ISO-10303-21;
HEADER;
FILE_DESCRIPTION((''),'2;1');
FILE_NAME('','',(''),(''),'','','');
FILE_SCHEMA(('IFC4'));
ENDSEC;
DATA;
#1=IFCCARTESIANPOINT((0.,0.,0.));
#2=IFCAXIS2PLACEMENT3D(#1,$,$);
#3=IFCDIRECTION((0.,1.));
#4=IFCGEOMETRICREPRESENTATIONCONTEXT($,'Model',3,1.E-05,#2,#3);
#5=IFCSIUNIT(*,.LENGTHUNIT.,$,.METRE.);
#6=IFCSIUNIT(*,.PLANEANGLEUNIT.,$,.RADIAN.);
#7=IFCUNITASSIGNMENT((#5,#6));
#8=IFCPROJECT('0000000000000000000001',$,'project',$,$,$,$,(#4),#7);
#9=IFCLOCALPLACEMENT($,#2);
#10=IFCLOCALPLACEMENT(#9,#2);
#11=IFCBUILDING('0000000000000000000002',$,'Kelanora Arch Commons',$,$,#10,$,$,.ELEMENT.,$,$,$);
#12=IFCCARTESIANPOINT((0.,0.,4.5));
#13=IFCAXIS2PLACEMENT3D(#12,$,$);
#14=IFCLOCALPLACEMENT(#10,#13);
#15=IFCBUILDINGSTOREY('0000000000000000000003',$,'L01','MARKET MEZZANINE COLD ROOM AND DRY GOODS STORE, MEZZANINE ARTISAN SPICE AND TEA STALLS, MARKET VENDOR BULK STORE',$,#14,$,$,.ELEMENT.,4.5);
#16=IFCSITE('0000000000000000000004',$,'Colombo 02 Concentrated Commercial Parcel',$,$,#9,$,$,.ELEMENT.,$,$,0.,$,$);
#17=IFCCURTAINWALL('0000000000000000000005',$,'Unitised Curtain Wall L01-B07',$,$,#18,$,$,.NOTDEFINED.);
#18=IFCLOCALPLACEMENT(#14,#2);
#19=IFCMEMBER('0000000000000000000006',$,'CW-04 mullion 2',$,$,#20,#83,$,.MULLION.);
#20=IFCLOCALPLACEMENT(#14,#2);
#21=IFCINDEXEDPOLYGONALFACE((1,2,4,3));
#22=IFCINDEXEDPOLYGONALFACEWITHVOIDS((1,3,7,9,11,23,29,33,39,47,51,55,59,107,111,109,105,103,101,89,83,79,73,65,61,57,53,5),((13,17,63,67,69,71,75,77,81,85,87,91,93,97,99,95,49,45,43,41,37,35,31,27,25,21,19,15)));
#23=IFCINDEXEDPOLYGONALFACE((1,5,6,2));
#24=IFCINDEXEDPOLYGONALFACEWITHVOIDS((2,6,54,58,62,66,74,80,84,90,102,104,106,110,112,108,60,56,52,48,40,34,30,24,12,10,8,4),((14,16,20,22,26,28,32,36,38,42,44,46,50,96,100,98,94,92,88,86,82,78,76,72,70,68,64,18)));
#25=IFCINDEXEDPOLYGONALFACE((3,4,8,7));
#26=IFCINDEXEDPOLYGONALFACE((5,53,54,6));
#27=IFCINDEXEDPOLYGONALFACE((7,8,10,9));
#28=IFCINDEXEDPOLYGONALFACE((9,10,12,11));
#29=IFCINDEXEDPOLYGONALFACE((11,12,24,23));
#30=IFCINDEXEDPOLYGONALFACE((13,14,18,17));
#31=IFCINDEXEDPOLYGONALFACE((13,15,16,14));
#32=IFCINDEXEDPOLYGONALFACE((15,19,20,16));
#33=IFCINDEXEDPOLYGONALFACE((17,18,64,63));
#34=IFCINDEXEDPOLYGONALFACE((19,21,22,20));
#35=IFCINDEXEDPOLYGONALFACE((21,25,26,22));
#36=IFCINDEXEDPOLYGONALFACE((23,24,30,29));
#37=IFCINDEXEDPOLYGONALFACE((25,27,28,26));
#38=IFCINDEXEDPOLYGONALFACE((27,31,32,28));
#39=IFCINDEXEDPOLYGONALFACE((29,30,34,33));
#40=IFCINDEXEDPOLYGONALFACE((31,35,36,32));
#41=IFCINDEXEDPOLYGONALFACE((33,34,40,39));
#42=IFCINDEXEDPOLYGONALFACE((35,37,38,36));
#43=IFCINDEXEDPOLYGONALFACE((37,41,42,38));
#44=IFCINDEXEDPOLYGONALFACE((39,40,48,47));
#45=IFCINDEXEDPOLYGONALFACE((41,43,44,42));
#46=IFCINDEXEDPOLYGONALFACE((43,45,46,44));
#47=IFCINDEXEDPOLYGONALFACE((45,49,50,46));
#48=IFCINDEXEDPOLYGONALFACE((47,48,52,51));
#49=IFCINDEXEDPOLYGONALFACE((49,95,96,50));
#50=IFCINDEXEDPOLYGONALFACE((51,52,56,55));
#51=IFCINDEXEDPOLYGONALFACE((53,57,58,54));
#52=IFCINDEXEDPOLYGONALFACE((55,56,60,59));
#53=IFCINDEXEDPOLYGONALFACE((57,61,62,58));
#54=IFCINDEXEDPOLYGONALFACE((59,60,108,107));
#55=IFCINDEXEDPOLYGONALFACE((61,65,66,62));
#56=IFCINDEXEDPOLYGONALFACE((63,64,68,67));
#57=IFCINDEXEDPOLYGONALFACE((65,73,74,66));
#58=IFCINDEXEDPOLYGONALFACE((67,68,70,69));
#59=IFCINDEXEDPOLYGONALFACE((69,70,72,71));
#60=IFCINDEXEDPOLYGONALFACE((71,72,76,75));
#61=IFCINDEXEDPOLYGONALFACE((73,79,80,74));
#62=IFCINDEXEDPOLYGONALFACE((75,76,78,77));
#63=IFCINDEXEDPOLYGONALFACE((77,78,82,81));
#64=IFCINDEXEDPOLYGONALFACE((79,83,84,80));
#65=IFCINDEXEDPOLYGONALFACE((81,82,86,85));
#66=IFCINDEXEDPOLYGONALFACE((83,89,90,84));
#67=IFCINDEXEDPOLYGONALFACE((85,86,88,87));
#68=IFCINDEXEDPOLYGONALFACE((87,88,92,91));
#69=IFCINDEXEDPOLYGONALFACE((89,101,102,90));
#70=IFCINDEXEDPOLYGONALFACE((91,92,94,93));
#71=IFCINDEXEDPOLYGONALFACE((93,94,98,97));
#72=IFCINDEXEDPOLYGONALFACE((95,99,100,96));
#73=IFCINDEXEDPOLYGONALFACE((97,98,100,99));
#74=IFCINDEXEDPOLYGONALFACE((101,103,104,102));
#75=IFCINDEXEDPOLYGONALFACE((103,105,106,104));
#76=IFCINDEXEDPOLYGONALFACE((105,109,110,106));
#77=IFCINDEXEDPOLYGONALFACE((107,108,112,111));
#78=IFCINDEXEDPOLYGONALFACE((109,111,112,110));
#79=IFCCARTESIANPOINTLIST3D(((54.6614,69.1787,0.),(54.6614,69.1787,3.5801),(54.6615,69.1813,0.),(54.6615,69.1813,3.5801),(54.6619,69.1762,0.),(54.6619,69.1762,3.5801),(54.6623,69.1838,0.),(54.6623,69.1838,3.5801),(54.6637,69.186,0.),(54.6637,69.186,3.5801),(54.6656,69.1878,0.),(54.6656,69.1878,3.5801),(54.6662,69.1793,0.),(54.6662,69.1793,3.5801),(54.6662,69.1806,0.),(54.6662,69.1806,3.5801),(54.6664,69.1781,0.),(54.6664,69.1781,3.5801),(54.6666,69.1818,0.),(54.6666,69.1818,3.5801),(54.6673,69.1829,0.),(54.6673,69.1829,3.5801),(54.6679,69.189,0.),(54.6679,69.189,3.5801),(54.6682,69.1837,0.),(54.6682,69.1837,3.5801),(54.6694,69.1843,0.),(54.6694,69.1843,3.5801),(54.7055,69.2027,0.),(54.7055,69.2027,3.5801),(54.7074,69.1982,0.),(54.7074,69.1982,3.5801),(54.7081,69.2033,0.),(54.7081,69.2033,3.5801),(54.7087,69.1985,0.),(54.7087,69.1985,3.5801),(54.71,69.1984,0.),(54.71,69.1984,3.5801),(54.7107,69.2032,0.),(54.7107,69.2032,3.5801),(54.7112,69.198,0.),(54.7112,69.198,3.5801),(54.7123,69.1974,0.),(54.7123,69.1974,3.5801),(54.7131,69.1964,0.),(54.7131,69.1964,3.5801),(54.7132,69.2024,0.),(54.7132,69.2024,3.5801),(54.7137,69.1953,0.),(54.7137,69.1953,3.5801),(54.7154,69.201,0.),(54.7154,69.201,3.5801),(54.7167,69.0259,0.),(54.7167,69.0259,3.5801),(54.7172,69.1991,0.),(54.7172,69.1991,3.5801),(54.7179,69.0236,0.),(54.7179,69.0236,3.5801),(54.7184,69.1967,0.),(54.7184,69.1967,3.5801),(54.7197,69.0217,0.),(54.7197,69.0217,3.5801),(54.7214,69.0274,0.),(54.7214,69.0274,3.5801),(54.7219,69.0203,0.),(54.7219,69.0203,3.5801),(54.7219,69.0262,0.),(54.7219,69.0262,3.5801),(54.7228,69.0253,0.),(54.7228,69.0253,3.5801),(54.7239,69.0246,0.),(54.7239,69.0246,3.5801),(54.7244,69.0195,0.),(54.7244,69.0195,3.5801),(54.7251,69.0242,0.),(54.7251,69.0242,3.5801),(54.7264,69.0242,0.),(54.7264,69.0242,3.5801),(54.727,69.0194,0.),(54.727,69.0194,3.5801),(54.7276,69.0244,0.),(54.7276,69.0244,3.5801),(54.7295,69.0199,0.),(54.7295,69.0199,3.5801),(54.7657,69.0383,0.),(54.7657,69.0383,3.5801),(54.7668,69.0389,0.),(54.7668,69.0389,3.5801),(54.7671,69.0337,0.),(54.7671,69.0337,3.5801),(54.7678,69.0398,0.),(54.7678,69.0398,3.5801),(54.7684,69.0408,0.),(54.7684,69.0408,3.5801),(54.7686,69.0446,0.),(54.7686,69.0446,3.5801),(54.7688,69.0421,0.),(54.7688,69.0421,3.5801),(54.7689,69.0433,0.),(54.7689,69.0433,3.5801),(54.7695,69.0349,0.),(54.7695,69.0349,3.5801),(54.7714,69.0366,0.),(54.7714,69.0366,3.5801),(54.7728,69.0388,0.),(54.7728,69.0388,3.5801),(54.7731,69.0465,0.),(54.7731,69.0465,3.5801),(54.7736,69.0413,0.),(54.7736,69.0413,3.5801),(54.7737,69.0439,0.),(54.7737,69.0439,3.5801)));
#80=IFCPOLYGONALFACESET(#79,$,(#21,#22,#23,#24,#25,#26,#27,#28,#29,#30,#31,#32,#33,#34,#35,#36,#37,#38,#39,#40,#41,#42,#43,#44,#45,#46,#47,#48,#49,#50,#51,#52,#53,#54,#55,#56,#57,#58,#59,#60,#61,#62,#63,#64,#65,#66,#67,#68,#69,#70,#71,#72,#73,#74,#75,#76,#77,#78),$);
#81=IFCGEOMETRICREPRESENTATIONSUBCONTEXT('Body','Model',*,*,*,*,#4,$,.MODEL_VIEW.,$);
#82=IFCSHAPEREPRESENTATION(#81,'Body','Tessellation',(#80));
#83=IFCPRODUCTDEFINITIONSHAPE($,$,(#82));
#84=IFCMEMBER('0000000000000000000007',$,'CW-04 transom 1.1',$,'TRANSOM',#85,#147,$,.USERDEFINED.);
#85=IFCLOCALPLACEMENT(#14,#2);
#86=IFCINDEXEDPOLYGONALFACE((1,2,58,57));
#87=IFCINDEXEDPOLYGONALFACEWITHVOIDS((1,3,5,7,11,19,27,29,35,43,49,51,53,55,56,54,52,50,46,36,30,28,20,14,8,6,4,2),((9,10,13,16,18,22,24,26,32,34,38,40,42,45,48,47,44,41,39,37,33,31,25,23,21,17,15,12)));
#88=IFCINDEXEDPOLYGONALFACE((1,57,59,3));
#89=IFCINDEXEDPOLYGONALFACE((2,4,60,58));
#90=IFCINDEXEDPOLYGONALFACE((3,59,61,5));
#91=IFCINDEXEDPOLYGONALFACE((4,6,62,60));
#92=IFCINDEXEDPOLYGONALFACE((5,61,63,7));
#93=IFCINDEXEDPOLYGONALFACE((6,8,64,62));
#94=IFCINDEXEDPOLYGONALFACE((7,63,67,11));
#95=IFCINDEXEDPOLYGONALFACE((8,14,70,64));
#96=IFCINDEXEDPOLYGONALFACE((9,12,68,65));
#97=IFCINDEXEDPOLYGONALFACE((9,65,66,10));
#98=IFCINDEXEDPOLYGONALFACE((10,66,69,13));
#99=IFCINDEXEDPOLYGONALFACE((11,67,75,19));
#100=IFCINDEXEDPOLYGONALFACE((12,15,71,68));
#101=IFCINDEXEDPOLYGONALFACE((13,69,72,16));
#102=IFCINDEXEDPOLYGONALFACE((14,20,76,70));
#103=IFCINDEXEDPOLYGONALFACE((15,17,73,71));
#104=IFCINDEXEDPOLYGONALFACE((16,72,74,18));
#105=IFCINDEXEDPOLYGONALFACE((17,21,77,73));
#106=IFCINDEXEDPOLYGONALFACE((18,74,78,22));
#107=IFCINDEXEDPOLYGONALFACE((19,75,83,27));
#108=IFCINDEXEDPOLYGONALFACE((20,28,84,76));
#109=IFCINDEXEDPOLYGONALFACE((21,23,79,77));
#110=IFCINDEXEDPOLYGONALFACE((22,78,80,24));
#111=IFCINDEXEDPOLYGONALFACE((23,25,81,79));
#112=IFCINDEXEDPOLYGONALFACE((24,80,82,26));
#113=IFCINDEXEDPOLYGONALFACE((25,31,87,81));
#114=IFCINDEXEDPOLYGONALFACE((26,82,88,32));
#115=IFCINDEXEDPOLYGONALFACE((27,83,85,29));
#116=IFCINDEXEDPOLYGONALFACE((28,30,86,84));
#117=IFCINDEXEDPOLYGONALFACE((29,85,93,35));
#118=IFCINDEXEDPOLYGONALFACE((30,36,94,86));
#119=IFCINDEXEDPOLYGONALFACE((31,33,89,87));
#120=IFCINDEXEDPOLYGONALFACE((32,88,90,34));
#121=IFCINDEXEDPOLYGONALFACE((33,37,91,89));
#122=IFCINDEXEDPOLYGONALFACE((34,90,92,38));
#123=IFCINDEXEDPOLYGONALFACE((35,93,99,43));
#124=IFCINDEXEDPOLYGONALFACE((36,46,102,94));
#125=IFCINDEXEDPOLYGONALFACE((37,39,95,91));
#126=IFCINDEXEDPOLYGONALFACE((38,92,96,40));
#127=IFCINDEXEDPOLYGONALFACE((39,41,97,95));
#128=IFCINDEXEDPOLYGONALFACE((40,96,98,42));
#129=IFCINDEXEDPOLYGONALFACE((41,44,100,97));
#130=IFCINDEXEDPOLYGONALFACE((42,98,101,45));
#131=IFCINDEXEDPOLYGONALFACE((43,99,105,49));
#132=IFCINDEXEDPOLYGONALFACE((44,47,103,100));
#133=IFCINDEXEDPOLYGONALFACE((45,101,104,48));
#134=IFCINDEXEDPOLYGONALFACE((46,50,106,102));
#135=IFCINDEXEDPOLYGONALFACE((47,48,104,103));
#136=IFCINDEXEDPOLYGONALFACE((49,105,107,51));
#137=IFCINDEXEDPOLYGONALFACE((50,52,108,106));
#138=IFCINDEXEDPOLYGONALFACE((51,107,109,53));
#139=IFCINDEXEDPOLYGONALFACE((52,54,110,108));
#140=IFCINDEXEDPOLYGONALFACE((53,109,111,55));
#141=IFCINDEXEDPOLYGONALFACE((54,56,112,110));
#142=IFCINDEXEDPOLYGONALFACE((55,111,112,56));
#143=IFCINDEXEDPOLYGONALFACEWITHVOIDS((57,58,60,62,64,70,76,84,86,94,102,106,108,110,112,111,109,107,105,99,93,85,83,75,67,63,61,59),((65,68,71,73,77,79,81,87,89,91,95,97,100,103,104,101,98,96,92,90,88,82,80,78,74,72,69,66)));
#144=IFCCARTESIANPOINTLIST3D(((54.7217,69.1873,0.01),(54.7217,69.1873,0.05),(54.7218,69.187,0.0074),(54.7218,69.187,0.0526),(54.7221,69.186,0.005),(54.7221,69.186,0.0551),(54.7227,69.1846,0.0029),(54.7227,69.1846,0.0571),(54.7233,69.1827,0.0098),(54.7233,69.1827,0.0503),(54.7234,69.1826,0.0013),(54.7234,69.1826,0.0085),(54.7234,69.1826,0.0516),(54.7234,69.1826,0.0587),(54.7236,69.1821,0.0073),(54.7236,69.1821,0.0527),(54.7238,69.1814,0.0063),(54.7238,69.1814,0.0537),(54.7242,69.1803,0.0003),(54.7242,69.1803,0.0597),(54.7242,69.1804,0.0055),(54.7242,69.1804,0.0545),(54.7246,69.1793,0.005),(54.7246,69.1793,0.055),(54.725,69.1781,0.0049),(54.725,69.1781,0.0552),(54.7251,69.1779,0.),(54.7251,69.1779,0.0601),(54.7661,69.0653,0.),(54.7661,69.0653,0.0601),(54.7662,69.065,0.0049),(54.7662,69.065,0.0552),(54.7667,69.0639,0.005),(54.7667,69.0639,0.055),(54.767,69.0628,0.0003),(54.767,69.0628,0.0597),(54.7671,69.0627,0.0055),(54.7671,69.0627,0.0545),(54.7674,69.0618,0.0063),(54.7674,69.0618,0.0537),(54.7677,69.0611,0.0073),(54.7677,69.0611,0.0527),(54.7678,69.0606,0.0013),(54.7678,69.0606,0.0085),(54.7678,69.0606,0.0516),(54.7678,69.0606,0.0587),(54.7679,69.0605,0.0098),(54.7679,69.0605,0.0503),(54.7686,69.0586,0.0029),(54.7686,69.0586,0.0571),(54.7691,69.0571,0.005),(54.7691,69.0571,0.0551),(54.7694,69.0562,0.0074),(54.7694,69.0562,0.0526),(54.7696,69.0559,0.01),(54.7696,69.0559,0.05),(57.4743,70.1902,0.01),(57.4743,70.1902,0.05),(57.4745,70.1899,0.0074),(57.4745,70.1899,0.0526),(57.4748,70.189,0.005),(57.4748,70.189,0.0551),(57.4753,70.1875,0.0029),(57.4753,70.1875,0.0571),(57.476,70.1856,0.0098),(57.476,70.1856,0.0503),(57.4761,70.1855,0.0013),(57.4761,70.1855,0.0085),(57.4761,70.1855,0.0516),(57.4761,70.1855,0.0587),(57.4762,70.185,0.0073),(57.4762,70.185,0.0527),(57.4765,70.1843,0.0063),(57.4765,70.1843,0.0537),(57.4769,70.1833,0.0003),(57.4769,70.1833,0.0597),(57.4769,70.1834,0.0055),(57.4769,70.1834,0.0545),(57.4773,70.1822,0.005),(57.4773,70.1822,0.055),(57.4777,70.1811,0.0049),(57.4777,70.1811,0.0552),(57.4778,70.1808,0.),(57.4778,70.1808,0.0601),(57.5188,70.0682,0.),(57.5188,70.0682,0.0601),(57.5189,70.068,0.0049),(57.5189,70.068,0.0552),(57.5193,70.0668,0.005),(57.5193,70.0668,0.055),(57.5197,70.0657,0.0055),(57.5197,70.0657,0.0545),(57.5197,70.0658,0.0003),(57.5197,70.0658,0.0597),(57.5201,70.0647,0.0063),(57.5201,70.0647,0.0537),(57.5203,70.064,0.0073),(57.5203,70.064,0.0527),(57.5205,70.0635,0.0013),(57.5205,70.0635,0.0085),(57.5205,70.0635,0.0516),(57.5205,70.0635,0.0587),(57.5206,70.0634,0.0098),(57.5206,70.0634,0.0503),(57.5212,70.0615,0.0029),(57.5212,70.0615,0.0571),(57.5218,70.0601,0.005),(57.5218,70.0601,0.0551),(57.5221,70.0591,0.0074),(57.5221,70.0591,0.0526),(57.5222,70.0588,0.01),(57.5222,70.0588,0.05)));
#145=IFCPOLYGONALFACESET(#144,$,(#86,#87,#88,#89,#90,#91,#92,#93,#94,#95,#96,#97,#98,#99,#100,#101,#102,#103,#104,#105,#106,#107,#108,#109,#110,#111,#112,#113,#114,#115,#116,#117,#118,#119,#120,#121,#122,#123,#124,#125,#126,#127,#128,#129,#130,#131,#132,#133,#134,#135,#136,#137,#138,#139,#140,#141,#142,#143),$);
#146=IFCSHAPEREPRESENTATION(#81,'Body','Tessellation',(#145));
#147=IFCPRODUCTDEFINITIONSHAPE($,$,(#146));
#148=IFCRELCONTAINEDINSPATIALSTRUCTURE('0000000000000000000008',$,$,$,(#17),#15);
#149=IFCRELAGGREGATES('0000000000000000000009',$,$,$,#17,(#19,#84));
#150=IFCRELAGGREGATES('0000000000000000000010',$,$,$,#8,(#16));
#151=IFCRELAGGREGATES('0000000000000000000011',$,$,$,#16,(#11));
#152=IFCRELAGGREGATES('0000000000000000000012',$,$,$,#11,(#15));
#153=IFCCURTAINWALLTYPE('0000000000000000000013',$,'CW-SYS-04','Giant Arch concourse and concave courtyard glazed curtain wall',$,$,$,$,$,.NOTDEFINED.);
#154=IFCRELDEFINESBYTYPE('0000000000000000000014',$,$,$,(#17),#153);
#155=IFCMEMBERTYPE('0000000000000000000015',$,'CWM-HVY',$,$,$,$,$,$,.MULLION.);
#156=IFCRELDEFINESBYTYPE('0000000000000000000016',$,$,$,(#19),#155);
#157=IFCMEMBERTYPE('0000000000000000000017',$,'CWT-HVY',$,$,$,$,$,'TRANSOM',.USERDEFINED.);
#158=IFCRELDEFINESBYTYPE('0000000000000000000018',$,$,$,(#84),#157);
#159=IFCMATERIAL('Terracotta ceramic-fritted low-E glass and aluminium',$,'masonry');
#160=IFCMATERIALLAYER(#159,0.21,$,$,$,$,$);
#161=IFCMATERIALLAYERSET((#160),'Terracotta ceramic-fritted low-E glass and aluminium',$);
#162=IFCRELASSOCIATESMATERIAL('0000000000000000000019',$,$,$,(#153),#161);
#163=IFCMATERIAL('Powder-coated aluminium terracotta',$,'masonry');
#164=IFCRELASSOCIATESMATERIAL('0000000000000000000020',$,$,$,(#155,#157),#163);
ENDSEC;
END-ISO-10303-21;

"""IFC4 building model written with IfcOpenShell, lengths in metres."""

from ifc_helpers import new_model, si_unit, direction, frame, origin, origin_2d, place, context, subcontext, project, spatial, hollow_rectangle, extrude, material, layer, layer_set, material_profile, profile_set, type_object, element, aggregate, save


model = new_model("IFC4")

# Units and contexts
model_context = context("Model", 3, precision=1e-05, world=origin(), true_north=direction((0.0, 1.0)))
body_context = subcontext(model_context, "Body", "Model", "MODEL_VIEW")
ifc_project = project(units=[si_unit("LENGTHUNIT", "METRE"), si_unit("PLANEANGLEUNIT", "RADIAN")], contexts=[model_context])

# Site, building, storey
site_placement = place(None, origin())
site = spatial("IfcSite", under=ifc_project, at=site_placement, Name="Colombo 02 Concentrated Commercial Parcel", CompositionType="ELEMENT", RefElevation=0.0)
building_placement = place(site_placement, origin())
building = spatial("IfcBuilding", under=site, at=building_placement, Name="Kelanora Arch Commons", CompositionType="ELEMENT")
storey_placement = place(building_placement, frame((0.0, 0.0, 4.5)))
storey = spatial("IfcBuildingStorey", under=building, at=storey_placement, Name="L01", Description="MARKET MEZZANINE COLD ROOM AND DRY GOODS STORE, MEZZANINE ARTISAN SPICE AND TEA STALLS, MARKET VENDOR BULK STORE", CompositionType="ELEMENT", Elevation=4.5)

# Shared definitions
ifc_material_1 = material(Name="Terracotta ceramic-fritted low-E glass and aluminium", Category="masonry")
ifc_layer_1 = layer(ifc_material_1, 0.21)
ifc_layer_set_1 = layer_set([ifc_layer_1], Name="Terracotta ceramic-fritted low-E glass and aluminium")
curtain_wall_type = type_object("IfcCurtainWallType", Name="CW-SYS-04", Description="Giant Arch concourse and concave courtyard glazed curtain wall", PredefinedType="NOTDEFINED", material=ifc_layer_set_1)
ifc_material_2 = material(Name="Powder-coated aluminium terracotta", Category="masonry")
ifc_material_profile_1 = material_profile(ifc_material_2, hollow_rectangle(XDim=0.1799, YDim=0.0601, WallThickness=0.0049, InnerFilletRadius=0.0049, OuterFilletRadius=0.01, at=origin_2d()), Name="CWM180x60")
ifc_profile_set_1 = profile_set([ifc_material_profile_1], Name="Powder-coated aluminium terracotta")
member_type_1 = type_object("IfcMemberType", Name="CWM-HVY", PredefinedType="MULLION", material=ifc_profile_set_1)

# Curtain wall, members
curtain_wall_1_placement = place(storey_placement, origin())
curtain_wall_1 = element("IfcCurtainWall", 1, at=curtain_wall_1_placement, inside=storey, type_object=curtain_wall_type, Name="Unitised Curtain Wall L01-B07", PredefinedType="NOTDEFINED")
member_1_placement = place(storey_placement, frame((54.7175, 69.1113, 0.0), z_axis=(0.0, 0.0, 1.0), x_axis=(0.342318, -0.939584, 0.0)))
member_1 = element("IfcMember", 2, at=member_1_placement, type_object=member_type_1, Name="CW-04 mullion 2", PredefinedType="MULLION", context=body_context, shape_type="SweptSolid", body=[
    extrude(hollow_rectangle(XDim=0.1799, YDim=0.0601, WallThickness=0.0049, InnerFilletRadius=0.0049, OuterFilletRadius=0.01, at=origin_2d()), origin(), (0.0, 0.0, 1.0), 3.5801),
])
ifc_material_profile_2 = material_profile(ifc_material_2, hollow_rectangle(XDim=0.1399, YDim=0.0601, WallThickness=0.0049, InnerFilletRadius=0.0049, OuterFilletRadius=0.01, at=origin_2d()), Name="CWT140x60")
ifc_profile_set_2 = profile_set([ifc_material_profile_2], Name="Powder-coated aluminium terracotta")
member_type_2 = type_object("IfcMemberType", Name="CWT-HVY", ElementType="TRANSOM", PredefinedType="USERDEFINED", material=ifc_profile_set_2)
member_2_placement = place(storey_placement, frame((57.4983, 70.1245, 0.03), z_axis=(-0.939579, -0.342332, 0.0), x_axis=(0.342332, -0.939579, 0.0)))
member_2 = element("IfcMember", 3, at=member_2_placement, type_object=member_type_2, Name="CW-04 transom 1.1", ObjectType="TRANSOM", PredefinedType="USERDEFINED", context=body_context, shape_type="SweptSolid", body=[
    extrude(hollow_rectangle(XDim=0.1399, YDim=0.0601, WallThickness=0.0049, InnerFilletRadius=0.0049, OuterFilletRadius=0.01, at=origin_2d()), origin(), (0.0, 0.0, 1.0), 2.9297),
])

aggregate(curtain_wall_1, [member_1, member_2])

save(model, "model.ifc")
